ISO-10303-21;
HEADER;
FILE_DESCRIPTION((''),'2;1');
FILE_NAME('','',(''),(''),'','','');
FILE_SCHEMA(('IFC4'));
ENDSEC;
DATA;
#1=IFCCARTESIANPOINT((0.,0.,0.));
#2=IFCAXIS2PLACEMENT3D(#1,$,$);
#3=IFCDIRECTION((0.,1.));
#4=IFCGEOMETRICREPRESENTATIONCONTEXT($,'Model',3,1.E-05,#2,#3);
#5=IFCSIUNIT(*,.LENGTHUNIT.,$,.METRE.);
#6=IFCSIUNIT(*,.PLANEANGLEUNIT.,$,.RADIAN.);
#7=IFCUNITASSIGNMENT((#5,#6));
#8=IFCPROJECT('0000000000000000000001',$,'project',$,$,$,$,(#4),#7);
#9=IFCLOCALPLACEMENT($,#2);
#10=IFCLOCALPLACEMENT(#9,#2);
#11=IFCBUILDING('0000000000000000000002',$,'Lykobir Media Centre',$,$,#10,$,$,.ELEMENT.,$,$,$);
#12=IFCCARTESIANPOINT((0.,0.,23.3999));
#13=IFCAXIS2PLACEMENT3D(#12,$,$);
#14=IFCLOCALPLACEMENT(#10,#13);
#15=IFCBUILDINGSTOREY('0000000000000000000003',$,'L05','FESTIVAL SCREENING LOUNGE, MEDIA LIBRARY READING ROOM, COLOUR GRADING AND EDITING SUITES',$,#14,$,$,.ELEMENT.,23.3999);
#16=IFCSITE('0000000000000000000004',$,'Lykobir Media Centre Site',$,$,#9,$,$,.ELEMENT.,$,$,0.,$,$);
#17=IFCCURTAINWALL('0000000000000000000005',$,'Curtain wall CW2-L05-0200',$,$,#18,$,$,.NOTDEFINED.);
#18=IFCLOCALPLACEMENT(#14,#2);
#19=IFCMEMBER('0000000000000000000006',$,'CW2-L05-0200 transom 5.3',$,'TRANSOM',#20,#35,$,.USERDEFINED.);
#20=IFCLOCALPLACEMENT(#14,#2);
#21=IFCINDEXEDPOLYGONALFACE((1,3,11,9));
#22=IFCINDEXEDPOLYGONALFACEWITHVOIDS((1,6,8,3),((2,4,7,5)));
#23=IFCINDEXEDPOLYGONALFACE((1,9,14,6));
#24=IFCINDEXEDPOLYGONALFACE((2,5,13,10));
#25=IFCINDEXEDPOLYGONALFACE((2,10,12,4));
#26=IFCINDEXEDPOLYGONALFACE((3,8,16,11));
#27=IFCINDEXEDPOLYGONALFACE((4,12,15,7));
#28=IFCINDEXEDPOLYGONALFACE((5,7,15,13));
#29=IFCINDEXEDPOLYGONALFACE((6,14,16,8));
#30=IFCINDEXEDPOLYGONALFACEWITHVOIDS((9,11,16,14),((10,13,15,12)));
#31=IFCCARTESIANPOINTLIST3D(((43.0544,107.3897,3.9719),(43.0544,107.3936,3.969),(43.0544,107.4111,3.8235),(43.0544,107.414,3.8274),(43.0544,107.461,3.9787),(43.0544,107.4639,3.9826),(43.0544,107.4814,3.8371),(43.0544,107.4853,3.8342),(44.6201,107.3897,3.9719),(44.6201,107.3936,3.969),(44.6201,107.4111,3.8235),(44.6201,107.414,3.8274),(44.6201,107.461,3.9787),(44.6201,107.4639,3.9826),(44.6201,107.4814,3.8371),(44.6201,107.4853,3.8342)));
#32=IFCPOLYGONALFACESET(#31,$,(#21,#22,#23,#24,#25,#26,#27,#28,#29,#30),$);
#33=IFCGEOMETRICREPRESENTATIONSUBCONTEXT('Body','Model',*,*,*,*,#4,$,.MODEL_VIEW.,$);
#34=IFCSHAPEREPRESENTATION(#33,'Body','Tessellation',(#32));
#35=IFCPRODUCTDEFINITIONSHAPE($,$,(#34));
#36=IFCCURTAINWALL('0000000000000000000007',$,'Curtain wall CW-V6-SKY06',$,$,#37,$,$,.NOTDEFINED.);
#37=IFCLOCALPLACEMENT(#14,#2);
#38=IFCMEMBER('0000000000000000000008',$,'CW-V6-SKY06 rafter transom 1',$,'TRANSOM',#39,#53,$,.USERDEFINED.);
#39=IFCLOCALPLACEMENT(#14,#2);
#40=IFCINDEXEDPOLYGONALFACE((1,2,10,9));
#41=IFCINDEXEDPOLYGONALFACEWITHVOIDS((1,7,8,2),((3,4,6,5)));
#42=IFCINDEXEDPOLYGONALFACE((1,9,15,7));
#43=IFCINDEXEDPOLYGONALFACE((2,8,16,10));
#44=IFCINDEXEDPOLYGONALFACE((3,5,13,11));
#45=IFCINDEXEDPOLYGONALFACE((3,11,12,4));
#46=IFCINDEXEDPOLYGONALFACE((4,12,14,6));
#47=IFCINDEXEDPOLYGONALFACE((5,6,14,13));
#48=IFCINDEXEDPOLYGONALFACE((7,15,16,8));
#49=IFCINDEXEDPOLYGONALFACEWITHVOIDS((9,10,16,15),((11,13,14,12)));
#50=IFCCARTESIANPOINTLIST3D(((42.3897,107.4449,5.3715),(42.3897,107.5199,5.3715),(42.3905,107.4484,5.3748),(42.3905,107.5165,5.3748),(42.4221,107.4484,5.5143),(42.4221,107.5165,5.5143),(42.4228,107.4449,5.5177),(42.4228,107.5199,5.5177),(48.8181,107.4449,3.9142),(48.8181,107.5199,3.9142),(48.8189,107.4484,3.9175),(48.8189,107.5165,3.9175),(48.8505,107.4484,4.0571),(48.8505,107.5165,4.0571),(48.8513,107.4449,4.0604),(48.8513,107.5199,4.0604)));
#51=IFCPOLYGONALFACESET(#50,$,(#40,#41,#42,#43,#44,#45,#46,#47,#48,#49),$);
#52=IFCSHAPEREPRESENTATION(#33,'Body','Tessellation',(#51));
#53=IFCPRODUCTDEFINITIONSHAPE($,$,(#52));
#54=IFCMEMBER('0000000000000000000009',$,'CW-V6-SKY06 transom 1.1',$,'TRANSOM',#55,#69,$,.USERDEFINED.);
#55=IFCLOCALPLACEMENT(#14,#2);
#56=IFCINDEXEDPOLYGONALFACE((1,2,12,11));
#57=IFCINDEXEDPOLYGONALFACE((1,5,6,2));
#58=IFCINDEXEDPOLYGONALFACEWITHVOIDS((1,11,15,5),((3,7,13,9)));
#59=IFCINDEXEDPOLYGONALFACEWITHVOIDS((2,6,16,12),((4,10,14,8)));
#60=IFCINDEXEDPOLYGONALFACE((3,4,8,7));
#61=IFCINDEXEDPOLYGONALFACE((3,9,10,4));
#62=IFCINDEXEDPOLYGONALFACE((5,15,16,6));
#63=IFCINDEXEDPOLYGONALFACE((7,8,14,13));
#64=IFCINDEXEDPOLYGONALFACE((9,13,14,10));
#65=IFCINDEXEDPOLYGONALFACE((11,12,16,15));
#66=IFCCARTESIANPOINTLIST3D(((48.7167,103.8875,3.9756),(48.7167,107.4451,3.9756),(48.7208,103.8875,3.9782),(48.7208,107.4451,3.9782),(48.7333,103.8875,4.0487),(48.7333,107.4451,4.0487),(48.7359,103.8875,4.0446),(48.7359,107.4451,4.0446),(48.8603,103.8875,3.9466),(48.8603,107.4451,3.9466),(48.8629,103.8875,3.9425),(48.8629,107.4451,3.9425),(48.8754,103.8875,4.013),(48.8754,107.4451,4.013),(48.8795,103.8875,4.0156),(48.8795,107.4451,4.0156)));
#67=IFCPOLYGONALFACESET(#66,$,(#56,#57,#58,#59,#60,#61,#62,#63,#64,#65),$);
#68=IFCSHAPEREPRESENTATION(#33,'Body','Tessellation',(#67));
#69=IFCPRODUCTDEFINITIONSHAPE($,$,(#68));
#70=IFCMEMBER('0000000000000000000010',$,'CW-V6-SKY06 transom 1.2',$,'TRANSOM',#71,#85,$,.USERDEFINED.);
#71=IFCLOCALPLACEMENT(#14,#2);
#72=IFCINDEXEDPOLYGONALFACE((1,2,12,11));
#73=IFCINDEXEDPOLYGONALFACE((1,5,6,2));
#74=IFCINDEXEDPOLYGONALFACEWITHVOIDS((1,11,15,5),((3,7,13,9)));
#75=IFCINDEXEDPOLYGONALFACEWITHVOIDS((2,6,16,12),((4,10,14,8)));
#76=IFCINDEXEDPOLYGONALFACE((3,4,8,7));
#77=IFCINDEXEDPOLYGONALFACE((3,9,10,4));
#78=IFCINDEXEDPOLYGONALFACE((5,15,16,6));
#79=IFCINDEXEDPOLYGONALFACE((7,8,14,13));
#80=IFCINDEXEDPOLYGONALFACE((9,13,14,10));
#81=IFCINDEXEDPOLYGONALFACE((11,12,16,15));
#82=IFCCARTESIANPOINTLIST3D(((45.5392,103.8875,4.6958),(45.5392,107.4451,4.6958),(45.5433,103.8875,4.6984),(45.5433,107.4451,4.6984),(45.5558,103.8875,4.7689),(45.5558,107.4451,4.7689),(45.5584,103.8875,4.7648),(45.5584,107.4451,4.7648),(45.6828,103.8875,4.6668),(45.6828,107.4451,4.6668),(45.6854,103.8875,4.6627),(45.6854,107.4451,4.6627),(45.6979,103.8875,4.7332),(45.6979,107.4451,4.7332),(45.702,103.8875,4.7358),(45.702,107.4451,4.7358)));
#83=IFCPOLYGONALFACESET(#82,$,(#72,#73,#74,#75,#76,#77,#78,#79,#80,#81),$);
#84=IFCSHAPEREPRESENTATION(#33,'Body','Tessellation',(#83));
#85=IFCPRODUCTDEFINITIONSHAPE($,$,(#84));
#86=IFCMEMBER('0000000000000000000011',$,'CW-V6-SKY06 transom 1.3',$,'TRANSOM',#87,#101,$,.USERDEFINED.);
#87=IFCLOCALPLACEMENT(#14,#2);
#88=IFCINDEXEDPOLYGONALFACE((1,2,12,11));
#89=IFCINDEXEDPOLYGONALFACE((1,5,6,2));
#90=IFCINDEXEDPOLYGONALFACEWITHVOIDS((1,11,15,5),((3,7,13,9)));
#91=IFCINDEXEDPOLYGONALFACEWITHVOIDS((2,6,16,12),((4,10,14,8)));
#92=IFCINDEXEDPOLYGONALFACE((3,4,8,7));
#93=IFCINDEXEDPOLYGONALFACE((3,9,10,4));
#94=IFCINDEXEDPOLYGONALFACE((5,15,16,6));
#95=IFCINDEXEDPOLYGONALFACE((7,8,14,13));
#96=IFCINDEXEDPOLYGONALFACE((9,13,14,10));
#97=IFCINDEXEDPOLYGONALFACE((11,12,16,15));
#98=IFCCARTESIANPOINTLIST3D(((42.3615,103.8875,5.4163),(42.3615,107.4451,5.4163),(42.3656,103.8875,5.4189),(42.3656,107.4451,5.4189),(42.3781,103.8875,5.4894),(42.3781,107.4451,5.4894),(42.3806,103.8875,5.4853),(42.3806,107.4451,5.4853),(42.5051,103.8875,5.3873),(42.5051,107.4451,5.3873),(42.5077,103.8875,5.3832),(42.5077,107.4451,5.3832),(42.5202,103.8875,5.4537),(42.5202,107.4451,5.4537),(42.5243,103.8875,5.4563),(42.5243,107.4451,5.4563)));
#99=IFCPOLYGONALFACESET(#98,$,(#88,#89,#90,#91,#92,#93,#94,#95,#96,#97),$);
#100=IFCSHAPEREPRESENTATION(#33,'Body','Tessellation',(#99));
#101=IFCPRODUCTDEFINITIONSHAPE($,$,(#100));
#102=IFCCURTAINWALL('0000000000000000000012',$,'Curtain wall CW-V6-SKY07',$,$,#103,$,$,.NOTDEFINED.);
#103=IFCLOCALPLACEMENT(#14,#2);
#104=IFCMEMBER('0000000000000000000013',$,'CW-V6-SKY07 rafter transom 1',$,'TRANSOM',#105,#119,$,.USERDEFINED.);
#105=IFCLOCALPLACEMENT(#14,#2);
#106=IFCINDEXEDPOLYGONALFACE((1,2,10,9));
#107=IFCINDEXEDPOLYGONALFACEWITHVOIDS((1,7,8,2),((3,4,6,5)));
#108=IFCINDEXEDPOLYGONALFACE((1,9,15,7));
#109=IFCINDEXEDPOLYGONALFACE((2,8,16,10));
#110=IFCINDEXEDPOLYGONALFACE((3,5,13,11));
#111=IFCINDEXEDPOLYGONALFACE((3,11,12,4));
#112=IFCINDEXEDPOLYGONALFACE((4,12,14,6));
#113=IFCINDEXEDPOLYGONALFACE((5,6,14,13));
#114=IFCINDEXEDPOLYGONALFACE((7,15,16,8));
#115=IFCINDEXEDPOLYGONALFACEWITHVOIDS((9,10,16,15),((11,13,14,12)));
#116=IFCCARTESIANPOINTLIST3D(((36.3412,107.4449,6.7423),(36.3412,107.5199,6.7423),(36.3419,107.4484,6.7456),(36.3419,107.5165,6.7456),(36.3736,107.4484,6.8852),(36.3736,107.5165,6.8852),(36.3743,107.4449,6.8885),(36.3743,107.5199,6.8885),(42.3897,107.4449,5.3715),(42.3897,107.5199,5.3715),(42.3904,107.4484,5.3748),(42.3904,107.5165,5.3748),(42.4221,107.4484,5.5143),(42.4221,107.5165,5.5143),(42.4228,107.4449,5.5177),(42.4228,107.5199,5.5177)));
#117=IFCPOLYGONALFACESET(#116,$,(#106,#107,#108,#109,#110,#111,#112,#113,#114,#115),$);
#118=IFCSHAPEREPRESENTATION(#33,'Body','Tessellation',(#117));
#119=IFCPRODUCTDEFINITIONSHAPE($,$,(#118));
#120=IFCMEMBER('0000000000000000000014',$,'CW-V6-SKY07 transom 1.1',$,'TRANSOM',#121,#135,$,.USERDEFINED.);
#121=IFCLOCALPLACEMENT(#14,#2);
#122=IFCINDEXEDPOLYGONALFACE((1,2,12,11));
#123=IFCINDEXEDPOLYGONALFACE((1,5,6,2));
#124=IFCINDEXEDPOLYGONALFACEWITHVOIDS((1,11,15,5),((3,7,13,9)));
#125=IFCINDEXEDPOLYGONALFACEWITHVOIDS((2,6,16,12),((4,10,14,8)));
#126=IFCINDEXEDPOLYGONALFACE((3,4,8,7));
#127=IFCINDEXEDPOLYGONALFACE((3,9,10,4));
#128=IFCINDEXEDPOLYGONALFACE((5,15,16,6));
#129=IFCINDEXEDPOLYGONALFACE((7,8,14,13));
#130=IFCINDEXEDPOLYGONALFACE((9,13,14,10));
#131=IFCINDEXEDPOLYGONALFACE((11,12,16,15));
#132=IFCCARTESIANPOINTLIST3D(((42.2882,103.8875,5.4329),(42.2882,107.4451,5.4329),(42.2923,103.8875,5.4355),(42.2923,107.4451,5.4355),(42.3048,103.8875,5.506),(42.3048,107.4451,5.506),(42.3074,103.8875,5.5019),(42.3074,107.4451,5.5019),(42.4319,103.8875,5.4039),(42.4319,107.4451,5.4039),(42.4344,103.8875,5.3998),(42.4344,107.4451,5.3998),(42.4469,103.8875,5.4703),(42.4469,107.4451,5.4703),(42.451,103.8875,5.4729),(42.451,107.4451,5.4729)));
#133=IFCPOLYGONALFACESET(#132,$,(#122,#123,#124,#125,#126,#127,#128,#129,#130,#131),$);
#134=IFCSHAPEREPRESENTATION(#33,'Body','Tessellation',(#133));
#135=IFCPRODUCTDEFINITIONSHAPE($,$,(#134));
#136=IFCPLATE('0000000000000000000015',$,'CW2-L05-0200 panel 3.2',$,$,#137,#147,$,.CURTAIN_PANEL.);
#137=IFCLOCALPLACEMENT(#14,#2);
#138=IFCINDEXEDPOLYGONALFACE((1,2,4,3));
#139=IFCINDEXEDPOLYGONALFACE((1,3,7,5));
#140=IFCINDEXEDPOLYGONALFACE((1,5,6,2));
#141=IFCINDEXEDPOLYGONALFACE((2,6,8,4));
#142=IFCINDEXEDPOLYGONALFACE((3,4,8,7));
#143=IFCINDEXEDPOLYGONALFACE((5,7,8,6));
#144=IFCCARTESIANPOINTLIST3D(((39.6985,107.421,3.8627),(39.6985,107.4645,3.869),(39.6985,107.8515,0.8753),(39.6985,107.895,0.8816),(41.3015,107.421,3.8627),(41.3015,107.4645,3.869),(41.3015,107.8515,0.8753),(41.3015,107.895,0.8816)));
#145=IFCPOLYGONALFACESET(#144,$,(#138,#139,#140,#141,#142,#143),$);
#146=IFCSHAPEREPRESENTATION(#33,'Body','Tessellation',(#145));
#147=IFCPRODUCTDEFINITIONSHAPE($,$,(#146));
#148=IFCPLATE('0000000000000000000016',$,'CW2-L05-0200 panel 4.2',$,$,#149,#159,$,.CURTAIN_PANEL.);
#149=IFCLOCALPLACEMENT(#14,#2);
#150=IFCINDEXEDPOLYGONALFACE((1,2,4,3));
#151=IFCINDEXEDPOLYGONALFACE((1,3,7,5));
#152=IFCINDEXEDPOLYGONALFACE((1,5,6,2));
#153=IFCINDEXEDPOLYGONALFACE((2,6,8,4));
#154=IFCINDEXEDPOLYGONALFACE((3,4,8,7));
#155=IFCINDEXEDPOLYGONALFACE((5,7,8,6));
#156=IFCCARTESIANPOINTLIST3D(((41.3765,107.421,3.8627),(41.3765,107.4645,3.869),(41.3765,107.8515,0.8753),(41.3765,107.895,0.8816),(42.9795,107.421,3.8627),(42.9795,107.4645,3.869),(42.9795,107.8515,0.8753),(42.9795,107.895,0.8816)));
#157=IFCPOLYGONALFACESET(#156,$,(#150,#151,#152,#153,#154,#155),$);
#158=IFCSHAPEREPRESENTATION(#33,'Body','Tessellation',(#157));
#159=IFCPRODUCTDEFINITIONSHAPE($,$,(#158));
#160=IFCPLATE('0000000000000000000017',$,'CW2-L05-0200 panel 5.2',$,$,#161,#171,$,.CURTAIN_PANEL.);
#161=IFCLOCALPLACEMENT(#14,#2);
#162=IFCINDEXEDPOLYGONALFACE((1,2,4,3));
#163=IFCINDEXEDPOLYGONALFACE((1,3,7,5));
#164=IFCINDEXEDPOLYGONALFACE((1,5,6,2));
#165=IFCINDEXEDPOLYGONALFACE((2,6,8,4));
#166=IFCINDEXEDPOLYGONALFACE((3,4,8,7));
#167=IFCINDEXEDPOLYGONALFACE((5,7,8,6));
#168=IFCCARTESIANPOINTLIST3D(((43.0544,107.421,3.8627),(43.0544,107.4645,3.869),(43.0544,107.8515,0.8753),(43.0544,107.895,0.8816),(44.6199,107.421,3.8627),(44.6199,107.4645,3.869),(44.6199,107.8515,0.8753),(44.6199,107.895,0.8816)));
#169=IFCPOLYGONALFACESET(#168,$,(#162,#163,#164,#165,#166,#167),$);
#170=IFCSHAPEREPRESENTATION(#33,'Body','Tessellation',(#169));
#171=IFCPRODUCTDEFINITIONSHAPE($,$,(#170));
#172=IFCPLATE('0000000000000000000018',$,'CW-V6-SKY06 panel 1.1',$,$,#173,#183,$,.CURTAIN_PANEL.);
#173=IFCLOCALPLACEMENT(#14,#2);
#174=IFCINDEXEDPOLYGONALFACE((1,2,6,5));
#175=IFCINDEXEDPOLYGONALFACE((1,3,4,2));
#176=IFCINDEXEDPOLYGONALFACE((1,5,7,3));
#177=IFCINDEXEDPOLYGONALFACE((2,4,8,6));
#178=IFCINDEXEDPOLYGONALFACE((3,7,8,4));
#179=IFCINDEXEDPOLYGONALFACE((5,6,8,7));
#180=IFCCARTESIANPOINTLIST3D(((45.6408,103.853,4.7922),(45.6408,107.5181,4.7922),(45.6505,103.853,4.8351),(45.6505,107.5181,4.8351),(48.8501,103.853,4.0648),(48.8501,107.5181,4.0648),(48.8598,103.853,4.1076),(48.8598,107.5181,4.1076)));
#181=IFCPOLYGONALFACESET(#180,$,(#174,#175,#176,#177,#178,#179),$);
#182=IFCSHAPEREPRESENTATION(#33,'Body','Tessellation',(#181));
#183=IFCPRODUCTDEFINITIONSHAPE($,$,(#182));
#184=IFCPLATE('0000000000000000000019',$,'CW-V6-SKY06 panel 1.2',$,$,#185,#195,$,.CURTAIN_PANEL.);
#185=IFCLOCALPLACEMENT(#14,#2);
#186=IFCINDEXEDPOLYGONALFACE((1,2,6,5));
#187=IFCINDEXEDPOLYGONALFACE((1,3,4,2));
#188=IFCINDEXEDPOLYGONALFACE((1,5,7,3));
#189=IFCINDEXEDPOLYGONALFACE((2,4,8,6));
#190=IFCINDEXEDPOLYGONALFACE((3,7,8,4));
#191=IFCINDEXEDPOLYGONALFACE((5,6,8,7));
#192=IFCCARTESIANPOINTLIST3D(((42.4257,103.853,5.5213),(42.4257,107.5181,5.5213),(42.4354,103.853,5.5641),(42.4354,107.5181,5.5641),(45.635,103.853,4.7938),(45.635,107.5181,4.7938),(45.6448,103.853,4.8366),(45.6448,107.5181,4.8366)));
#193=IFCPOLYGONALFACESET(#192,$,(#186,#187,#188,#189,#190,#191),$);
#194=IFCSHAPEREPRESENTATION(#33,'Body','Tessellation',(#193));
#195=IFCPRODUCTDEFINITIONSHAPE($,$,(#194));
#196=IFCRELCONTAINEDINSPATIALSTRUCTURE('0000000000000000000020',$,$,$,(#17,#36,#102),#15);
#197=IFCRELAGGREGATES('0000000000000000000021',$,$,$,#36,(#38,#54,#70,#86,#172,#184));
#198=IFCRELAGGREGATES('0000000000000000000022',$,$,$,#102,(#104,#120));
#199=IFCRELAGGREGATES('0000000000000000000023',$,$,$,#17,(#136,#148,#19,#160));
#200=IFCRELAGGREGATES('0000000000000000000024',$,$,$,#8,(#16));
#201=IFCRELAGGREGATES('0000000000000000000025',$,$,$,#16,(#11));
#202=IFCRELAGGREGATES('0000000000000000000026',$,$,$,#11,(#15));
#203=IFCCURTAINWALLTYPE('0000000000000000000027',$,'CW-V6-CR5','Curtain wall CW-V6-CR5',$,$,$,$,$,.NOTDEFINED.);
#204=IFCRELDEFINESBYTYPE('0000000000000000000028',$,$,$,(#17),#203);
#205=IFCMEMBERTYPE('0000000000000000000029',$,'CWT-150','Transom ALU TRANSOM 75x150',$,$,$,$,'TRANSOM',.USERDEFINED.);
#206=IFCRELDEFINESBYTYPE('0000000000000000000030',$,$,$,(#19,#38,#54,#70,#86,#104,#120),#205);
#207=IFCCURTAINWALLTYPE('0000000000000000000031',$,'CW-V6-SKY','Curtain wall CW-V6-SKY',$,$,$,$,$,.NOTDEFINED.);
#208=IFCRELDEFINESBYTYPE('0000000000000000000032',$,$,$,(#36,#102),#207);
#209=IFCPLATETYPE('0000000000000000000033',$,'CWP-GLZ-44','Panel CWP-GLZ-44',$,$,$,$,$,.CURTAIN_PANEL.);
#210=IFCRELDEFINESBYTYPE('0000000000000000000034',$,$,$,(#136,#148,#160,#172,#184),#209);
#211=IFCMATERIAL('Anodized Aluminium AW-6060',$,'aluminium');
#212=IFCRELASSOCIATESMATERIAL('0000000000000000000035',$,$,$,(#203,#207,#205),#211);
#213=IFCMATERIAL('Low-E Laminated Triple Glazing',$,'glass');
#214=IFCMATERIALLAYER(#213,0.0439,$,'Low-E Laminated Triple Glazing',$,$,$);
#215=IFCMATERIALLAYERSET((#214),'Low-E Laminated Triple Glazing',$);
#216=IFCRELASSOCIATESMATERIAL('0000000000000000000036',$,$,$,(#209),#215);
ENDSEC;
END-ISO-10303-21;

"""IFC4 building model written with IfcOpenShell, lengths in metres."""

from ifc_helpers import new_model, si_unit, direction, frame, origin, origin_2d, place, context, subcontext, project, spatial, rectangle, hollow_rectangle, extrude, material, layer, layer_set, material_profile, profile_set, type_object, element, aggregate, save


model = new_model("IFC4")

# Units and contexts
model_context = context("Model", 3, precision=1e-05, world=origin(), true_north=direction((0.0, 1.0)))
body_context = subcontext(model_context, "Body", "Model", "MODEL_VIEW")
ifc_project = project(units=[si_unit("LENGTHUNIT", "METRE"), si_unit("PLANEANGLEUNIT", "RADIAN")], contexts=[model_context])

# Site, building, storey
site_placement = place(None, origin())
site = spatial("IfcSite", under=ifc_project, at=site_placement, Name="Lykobir Media Centre Site", CompositionType="ELEMENT", RefElevation=0.0)
building_placement = place(site_placement, origin())
building = spatial("IfcBuilding", under=site, at=building_placement, Name="Lykobir Media Centre", CompositionType="ELEMENT")
storey_placement = place(building_placement, frame((0.0, 0.0, 23.3999)))
storey = spatial("IfcBuildingStorey", under=building, at=storey_placement, Name="L05", Description="FESTIVAL SCREENING LOUNGE, MEDIA LIBRARY READING ROOM, COLOUR GRADING AND EDITING SUITES", CompositionType="ELEMENT", Elevation=23.3999)

# Curtain walls, members
ifc_material_1 = material(Name="Anodized Aluminium AW-6060", Category="aluminium")
curtain_wall_type_1 = type_object("IfcCurtainWallType", Name="CW-V6-CR5", Description="Curtain wall CW-V6-CR5", PredefinedType="NOTDEFINED", material=ifc_material_1)
curtain_wall_1_placement = place(storey_placement, origin())
curtain_wall_1 = element("IfcCurtainWall", 1, at=curtain_wall_1_placement, inside=storey, type_object=curtain_wall_type_1, Name="Curtain wall CW2-L05-0200", PredefinedType="NOTDEFINED")
ifc_material_profile_1 = material_profile(ifc_material_1, hollow_rectangle(XDim=0.075, YDim=0.1499, WallThickness=0.0034, at=origin_2d()), Name="ALU TRANSOM 75x150")
ifc_profile_set_1 = profile_set([ifc_material_profile_1], Name="Anodized Aluminium AW-6060")
member_type_1 = type_object("IfcMemberType", Name="CWT-150", Description="Transom ALU TRANSOM 75x150", ElementType="TRANSOM", PredefinedType="USERDEFINED", material=ifc_profile_set_1)
member_1_placement = place(storey_placement, frame((43.0544, 107.4375, 3.9031), z_axis=(1.0, 0.0, 0.0), x_axis=(0.0, 0.989776, 0.142629)))
member_1 = element("IfcMember", 2, at=member_1_placement, type_object=member_type_1, Name="CW2-L05-0200 transom 5.3", ObjectType="TRANSOM", PredefinedType="USERDEFINED", context=body_context, shape_type="SweptSolid", body=[
    extrude(hollow_rectangle(XDim=0.075, YDim=0.1499, WallThickness=0.0034, at=origin_2d()), origin(), (0.0, 0.0, 1.0), 1.5657),
])
curtain_wall_type_2 = type_object("IfcCurtainWallType", Name="CW-V6-SKY", Description="Curtain wall CW-V6-SKY", PredefinedType="NOTDEFINED", material=ifc_material_1)
curtain_wall_2_placement = place(storey_placement, origin())
curtain_wall_2 = element("IfcCurtainWall", 3, at=curtain_wall_2_placement, inside=storey, type_object=curtain_wall_type_2, Name="Curtain wall CW-V6-SKY06", PredefinedType="NOTDEFINED")
member_2_placement = place(storey_placement, frame((48.8347, 107.4824, 3.9873), z_axis=(-0.975255, 0.0, 0.221082), x_axis=(0.0, -1.0, 0.0)))
member_2 = element("IfcMember", 4, at=member_2_placement, type_object=member_type_1, Name="CW-V6-SKY06 rafter transom 1", ObjectType="TRANSOM", PredefinedType="USERDEFINED", context=body_context, shape_type="SweptSolid", body=[
    extrude(hollow_rectangle(XDim=0.075, YDim=0.1499, WallThickness=0.0034, at=origin_2d()), origin(), (0.0, 0.0, 1.0), 6.5916),
])
member_3_placement = place(storey_placement, frame((48.7981, 107.4451, 3.9956), z_axis=(0.0, -1.0, 0.0), x_axis=(0.221072, 0.0, 0.975258)))
member_3 = element("IfcMember", 5, at=member_3_placement, type_object=member_type_1, Name="CW-V6-SKY06 transom 1.1", ObjectType="TRANSOM", PredefinedType="USERDEFINED", context=body_context, shape_type="SweptSolid", body=[
    extrude(hollow_rectangle(XDim=0.075, YDim=0.1499, WallThickness=0.0034, at=origin_2d()), origin(), (0.0, 0.0, 1.0), 3.5576),
])
member_4_placement = place(storey_placement, frame((45.6206, 107.4451, 4.7158), z_axis=(0.0, -1.0, 0.0), x_axis=(0.221072, 0.0, 0.975258)))
member_4 = element("IfcMember", 6, at=member_4_placement, type_object=member_type_1, Name="CW-V6-SKY06 transom 1.2", ObjectType="TRANSOM", PredefinedType="USERDEFINED", context=body_context, shape_type="SweptSolid", body=[
    extrude(hollow_rectangle(XDim=0.075, YDim=0.1499, WallThickness=0.0034, at=origin_2d()), origin(), (0.0, 0.0, 1.0), 3.5576),
])
member_5_placement = place(storey_placement, frame((42.4429, 107.4451, 5.4363), z_axis=(0.0, -1.0, 0.0), x_axis=(0.221072, 0.0, 0.975258)))
member_5 = element("IfcMember", 7, at=member_5_placement, type_object=member_type_1, Name="CW-V6-SKY06 transom 1.3", ObjectType="TRANSOM", PredefinedType="USERDEFINED", context=body_context, shape_type="SweptSolid", body=[
    extrude(hollow_rectangle(XDim=0.075, YDim=0.1499, WallThickness=0.0034, at=origin_2d()), origin(), (0.0, 0.0, 1.0), 3.5576),
])
curtain_wall_3_placement = place(storey_placement, origin())
curtain_wall_3 = element("IfcCurtainWall", 8, at=curtain_wall_3_placement, inside=storey, type_object=curtain_wall_type_2, Name="Curtain wall CW-V6-SKY07", PredefinedType="NOTDEFINED")
member_6_placement = place(storey_placement, frame((42.4062, 107.4824, 5.4446), z_axis=(-0.975266, 0.0, 0.221034), x_axis=(0.0, -1.0, 0.0)))
member_6 = element("IfcMember", 9, at=member_6_placement, type_object=member_type_1, Name="CW-V6-SKY07 rafter transom 1", ObjectType="TRANSOM", PredefinedType="USERDEFINED", context=body_context, shape_type="SweptSolid", body=[
    extrude(hollow_rectangle(XDim=0.075, YDim=0.1499, WallThickness=0.0034, at=origin_2d()), origin(), (0.0, 0.0, 1.0), 6.2019),
])
member_7_placement = place(storey_placement, frame((42.3696, 107.4451, 5.4529), z_axis=(0.0, -1.0, 0.0), x_axis=(0.221055, 0.0, 0.975261)))
member_7 = element("IfcMember", 10, at=member_7_placement, type_object=member_type_1, Name="CW-V6-SKY07 transom 1.1", ObjectType="TRANSOM", PredefinedType="USERDEFINED", context=body_context, shape_type="SweptSolid", body=[
    extrude(hollow_rectangle(XDim=0.075, YDim=0.1499, WallThickness=0.0034, at=origin_2d()), origin(), (0.0, 0.0, 1.0), 3.5576),
])

# Plates
ifc_material_2 = material(Name="Low-E Laminated Triple Glazing", Category="glass")
ifc_layer_1 = layer(ifc_material_2, 0.0439, Name="Low-E Laminated Triple Glazing")
ifc_layer_set_1 = layer_set([ifc_layer_1], Name="Low-E Laminated Triple Glazing")
plate_type_1 = type_object("IfcPlateType", Name="CWP-GLZ-44", Description="Panel CWP-GLZ-44", PredefinedType="CURTAIN_PANEL", material=ifc_layer_set_1)
plate_1_placement = place(storey_placement, frame((40.5, 107.8733, 0.8784), z_axis=(0.0, -0.142629, 0.989776), x_axis=(1.0, 0.0, 0.0)))
plate_1 = element("IfcPlate", 11, at=plate_1_placement, type_object=plate_type_1, Name="CW2-L05-0200 panel 3.2", PredefinedType="CURTAIN_PANEL", context=body_context, shape_type="SweptSolid", body=[
    extrude(rectangle(XDim=1.603, YDim=0.0439, at=origin_2d()), origin(), (0.0, 0.0, 1.0), 3.0183),
])
plate_2_placement = place(storey_placement, frame((42.178, 107.8733, 0.8784), z_axis=(0.0, -0.142629, 0.989776), x_axis=(1.0, 0.0, 0.0)))
plate_2 = element("IfcPlate", 12, at=plate_2_placement, type_object=plate_type_1, Name="CW2-L05-0200 panel 4.2", PredefinedType="CURTAIN_PANEL", context=body_context, shape_type="SweptSolid", body=[
    extrude(rectangle(XDim=1.603, YDim=0.0439, at=origin_2d()), origin(), (0.0, 0.0, 1.0), 3.0183),
])
plate_3_placement = place(storey_placement, frame((43.8372, 107.8733, 0.8784), z_axis=(0.0, -0.142629, 0.989776), x_axis=(1.0, 0.0, 0.0)))
plate_3 = element("IfcPlate", 13, at=plate_3_placement, type_object=plate_type_1, Name="CW2-L05-0200 panel 5.2", PredefinedType="CURTAIN_PANEL", context=body_context, shape_type="SweptSolid", body=[
    extrude(rectangle(XDim=1.5654, YDim=0.0439, at=origin_2d()), origin(), (0.0, 0.0, 1.0), 3.0183),
])
plate_4_placement = place(storey_placement, frame((48.855, 105.6855, 4.0862), z_axis=(-0.975258, 0.0, 0.221072), x_axis=(0.0, -1.0, 0.0)))
plate_4 = element("IfcPlate", 14, at=plate_4_placement, type_object=plate_type_1, Name="CW-V6-SKY06 panel 1.1", PredefinedType="CURTAIN_PANEL", context=body_context, shape_type="SweptSolid", body=[
    extrude(rectangle(XDim=3.665, YDim=0.0439, at=origin_2d()), origin(), (0.0, 0.0, 1.0), 3.2908),
])
plate_5_placement = place(storey_placement, frame((45.6399, 105.6855, 4.8152), z_axis=(-0.975258, 0.0, 0.221072), x_axis=(0.0, -1.0, 0.0)))
plate_5 = element("IfcPlate", 15, at=plate_5_placement, type_object=plate_type_1, Name="CW-V6-SKY06 panel 1.2", PredefinedType="CURTAIN_PANEL", context=body_context, shape_type="SweptSolid", body=[
    extrude(rectangle(XDim=3.665, YDim=0.0439, at=origin_2d()), origin(), (0.0, 0.0, 1.0), 3.2908),
])
aggregate(curtain_wall_2, [member_2, member_3, member_4, member_5, plate_4, plate_5])
aggregate(curtain_wall_3, [member_6, member_7])
aggregate(curtain_wall_1, [plate_1, plate_2, member_1, plate_3])

save(model, "model.ifc")
